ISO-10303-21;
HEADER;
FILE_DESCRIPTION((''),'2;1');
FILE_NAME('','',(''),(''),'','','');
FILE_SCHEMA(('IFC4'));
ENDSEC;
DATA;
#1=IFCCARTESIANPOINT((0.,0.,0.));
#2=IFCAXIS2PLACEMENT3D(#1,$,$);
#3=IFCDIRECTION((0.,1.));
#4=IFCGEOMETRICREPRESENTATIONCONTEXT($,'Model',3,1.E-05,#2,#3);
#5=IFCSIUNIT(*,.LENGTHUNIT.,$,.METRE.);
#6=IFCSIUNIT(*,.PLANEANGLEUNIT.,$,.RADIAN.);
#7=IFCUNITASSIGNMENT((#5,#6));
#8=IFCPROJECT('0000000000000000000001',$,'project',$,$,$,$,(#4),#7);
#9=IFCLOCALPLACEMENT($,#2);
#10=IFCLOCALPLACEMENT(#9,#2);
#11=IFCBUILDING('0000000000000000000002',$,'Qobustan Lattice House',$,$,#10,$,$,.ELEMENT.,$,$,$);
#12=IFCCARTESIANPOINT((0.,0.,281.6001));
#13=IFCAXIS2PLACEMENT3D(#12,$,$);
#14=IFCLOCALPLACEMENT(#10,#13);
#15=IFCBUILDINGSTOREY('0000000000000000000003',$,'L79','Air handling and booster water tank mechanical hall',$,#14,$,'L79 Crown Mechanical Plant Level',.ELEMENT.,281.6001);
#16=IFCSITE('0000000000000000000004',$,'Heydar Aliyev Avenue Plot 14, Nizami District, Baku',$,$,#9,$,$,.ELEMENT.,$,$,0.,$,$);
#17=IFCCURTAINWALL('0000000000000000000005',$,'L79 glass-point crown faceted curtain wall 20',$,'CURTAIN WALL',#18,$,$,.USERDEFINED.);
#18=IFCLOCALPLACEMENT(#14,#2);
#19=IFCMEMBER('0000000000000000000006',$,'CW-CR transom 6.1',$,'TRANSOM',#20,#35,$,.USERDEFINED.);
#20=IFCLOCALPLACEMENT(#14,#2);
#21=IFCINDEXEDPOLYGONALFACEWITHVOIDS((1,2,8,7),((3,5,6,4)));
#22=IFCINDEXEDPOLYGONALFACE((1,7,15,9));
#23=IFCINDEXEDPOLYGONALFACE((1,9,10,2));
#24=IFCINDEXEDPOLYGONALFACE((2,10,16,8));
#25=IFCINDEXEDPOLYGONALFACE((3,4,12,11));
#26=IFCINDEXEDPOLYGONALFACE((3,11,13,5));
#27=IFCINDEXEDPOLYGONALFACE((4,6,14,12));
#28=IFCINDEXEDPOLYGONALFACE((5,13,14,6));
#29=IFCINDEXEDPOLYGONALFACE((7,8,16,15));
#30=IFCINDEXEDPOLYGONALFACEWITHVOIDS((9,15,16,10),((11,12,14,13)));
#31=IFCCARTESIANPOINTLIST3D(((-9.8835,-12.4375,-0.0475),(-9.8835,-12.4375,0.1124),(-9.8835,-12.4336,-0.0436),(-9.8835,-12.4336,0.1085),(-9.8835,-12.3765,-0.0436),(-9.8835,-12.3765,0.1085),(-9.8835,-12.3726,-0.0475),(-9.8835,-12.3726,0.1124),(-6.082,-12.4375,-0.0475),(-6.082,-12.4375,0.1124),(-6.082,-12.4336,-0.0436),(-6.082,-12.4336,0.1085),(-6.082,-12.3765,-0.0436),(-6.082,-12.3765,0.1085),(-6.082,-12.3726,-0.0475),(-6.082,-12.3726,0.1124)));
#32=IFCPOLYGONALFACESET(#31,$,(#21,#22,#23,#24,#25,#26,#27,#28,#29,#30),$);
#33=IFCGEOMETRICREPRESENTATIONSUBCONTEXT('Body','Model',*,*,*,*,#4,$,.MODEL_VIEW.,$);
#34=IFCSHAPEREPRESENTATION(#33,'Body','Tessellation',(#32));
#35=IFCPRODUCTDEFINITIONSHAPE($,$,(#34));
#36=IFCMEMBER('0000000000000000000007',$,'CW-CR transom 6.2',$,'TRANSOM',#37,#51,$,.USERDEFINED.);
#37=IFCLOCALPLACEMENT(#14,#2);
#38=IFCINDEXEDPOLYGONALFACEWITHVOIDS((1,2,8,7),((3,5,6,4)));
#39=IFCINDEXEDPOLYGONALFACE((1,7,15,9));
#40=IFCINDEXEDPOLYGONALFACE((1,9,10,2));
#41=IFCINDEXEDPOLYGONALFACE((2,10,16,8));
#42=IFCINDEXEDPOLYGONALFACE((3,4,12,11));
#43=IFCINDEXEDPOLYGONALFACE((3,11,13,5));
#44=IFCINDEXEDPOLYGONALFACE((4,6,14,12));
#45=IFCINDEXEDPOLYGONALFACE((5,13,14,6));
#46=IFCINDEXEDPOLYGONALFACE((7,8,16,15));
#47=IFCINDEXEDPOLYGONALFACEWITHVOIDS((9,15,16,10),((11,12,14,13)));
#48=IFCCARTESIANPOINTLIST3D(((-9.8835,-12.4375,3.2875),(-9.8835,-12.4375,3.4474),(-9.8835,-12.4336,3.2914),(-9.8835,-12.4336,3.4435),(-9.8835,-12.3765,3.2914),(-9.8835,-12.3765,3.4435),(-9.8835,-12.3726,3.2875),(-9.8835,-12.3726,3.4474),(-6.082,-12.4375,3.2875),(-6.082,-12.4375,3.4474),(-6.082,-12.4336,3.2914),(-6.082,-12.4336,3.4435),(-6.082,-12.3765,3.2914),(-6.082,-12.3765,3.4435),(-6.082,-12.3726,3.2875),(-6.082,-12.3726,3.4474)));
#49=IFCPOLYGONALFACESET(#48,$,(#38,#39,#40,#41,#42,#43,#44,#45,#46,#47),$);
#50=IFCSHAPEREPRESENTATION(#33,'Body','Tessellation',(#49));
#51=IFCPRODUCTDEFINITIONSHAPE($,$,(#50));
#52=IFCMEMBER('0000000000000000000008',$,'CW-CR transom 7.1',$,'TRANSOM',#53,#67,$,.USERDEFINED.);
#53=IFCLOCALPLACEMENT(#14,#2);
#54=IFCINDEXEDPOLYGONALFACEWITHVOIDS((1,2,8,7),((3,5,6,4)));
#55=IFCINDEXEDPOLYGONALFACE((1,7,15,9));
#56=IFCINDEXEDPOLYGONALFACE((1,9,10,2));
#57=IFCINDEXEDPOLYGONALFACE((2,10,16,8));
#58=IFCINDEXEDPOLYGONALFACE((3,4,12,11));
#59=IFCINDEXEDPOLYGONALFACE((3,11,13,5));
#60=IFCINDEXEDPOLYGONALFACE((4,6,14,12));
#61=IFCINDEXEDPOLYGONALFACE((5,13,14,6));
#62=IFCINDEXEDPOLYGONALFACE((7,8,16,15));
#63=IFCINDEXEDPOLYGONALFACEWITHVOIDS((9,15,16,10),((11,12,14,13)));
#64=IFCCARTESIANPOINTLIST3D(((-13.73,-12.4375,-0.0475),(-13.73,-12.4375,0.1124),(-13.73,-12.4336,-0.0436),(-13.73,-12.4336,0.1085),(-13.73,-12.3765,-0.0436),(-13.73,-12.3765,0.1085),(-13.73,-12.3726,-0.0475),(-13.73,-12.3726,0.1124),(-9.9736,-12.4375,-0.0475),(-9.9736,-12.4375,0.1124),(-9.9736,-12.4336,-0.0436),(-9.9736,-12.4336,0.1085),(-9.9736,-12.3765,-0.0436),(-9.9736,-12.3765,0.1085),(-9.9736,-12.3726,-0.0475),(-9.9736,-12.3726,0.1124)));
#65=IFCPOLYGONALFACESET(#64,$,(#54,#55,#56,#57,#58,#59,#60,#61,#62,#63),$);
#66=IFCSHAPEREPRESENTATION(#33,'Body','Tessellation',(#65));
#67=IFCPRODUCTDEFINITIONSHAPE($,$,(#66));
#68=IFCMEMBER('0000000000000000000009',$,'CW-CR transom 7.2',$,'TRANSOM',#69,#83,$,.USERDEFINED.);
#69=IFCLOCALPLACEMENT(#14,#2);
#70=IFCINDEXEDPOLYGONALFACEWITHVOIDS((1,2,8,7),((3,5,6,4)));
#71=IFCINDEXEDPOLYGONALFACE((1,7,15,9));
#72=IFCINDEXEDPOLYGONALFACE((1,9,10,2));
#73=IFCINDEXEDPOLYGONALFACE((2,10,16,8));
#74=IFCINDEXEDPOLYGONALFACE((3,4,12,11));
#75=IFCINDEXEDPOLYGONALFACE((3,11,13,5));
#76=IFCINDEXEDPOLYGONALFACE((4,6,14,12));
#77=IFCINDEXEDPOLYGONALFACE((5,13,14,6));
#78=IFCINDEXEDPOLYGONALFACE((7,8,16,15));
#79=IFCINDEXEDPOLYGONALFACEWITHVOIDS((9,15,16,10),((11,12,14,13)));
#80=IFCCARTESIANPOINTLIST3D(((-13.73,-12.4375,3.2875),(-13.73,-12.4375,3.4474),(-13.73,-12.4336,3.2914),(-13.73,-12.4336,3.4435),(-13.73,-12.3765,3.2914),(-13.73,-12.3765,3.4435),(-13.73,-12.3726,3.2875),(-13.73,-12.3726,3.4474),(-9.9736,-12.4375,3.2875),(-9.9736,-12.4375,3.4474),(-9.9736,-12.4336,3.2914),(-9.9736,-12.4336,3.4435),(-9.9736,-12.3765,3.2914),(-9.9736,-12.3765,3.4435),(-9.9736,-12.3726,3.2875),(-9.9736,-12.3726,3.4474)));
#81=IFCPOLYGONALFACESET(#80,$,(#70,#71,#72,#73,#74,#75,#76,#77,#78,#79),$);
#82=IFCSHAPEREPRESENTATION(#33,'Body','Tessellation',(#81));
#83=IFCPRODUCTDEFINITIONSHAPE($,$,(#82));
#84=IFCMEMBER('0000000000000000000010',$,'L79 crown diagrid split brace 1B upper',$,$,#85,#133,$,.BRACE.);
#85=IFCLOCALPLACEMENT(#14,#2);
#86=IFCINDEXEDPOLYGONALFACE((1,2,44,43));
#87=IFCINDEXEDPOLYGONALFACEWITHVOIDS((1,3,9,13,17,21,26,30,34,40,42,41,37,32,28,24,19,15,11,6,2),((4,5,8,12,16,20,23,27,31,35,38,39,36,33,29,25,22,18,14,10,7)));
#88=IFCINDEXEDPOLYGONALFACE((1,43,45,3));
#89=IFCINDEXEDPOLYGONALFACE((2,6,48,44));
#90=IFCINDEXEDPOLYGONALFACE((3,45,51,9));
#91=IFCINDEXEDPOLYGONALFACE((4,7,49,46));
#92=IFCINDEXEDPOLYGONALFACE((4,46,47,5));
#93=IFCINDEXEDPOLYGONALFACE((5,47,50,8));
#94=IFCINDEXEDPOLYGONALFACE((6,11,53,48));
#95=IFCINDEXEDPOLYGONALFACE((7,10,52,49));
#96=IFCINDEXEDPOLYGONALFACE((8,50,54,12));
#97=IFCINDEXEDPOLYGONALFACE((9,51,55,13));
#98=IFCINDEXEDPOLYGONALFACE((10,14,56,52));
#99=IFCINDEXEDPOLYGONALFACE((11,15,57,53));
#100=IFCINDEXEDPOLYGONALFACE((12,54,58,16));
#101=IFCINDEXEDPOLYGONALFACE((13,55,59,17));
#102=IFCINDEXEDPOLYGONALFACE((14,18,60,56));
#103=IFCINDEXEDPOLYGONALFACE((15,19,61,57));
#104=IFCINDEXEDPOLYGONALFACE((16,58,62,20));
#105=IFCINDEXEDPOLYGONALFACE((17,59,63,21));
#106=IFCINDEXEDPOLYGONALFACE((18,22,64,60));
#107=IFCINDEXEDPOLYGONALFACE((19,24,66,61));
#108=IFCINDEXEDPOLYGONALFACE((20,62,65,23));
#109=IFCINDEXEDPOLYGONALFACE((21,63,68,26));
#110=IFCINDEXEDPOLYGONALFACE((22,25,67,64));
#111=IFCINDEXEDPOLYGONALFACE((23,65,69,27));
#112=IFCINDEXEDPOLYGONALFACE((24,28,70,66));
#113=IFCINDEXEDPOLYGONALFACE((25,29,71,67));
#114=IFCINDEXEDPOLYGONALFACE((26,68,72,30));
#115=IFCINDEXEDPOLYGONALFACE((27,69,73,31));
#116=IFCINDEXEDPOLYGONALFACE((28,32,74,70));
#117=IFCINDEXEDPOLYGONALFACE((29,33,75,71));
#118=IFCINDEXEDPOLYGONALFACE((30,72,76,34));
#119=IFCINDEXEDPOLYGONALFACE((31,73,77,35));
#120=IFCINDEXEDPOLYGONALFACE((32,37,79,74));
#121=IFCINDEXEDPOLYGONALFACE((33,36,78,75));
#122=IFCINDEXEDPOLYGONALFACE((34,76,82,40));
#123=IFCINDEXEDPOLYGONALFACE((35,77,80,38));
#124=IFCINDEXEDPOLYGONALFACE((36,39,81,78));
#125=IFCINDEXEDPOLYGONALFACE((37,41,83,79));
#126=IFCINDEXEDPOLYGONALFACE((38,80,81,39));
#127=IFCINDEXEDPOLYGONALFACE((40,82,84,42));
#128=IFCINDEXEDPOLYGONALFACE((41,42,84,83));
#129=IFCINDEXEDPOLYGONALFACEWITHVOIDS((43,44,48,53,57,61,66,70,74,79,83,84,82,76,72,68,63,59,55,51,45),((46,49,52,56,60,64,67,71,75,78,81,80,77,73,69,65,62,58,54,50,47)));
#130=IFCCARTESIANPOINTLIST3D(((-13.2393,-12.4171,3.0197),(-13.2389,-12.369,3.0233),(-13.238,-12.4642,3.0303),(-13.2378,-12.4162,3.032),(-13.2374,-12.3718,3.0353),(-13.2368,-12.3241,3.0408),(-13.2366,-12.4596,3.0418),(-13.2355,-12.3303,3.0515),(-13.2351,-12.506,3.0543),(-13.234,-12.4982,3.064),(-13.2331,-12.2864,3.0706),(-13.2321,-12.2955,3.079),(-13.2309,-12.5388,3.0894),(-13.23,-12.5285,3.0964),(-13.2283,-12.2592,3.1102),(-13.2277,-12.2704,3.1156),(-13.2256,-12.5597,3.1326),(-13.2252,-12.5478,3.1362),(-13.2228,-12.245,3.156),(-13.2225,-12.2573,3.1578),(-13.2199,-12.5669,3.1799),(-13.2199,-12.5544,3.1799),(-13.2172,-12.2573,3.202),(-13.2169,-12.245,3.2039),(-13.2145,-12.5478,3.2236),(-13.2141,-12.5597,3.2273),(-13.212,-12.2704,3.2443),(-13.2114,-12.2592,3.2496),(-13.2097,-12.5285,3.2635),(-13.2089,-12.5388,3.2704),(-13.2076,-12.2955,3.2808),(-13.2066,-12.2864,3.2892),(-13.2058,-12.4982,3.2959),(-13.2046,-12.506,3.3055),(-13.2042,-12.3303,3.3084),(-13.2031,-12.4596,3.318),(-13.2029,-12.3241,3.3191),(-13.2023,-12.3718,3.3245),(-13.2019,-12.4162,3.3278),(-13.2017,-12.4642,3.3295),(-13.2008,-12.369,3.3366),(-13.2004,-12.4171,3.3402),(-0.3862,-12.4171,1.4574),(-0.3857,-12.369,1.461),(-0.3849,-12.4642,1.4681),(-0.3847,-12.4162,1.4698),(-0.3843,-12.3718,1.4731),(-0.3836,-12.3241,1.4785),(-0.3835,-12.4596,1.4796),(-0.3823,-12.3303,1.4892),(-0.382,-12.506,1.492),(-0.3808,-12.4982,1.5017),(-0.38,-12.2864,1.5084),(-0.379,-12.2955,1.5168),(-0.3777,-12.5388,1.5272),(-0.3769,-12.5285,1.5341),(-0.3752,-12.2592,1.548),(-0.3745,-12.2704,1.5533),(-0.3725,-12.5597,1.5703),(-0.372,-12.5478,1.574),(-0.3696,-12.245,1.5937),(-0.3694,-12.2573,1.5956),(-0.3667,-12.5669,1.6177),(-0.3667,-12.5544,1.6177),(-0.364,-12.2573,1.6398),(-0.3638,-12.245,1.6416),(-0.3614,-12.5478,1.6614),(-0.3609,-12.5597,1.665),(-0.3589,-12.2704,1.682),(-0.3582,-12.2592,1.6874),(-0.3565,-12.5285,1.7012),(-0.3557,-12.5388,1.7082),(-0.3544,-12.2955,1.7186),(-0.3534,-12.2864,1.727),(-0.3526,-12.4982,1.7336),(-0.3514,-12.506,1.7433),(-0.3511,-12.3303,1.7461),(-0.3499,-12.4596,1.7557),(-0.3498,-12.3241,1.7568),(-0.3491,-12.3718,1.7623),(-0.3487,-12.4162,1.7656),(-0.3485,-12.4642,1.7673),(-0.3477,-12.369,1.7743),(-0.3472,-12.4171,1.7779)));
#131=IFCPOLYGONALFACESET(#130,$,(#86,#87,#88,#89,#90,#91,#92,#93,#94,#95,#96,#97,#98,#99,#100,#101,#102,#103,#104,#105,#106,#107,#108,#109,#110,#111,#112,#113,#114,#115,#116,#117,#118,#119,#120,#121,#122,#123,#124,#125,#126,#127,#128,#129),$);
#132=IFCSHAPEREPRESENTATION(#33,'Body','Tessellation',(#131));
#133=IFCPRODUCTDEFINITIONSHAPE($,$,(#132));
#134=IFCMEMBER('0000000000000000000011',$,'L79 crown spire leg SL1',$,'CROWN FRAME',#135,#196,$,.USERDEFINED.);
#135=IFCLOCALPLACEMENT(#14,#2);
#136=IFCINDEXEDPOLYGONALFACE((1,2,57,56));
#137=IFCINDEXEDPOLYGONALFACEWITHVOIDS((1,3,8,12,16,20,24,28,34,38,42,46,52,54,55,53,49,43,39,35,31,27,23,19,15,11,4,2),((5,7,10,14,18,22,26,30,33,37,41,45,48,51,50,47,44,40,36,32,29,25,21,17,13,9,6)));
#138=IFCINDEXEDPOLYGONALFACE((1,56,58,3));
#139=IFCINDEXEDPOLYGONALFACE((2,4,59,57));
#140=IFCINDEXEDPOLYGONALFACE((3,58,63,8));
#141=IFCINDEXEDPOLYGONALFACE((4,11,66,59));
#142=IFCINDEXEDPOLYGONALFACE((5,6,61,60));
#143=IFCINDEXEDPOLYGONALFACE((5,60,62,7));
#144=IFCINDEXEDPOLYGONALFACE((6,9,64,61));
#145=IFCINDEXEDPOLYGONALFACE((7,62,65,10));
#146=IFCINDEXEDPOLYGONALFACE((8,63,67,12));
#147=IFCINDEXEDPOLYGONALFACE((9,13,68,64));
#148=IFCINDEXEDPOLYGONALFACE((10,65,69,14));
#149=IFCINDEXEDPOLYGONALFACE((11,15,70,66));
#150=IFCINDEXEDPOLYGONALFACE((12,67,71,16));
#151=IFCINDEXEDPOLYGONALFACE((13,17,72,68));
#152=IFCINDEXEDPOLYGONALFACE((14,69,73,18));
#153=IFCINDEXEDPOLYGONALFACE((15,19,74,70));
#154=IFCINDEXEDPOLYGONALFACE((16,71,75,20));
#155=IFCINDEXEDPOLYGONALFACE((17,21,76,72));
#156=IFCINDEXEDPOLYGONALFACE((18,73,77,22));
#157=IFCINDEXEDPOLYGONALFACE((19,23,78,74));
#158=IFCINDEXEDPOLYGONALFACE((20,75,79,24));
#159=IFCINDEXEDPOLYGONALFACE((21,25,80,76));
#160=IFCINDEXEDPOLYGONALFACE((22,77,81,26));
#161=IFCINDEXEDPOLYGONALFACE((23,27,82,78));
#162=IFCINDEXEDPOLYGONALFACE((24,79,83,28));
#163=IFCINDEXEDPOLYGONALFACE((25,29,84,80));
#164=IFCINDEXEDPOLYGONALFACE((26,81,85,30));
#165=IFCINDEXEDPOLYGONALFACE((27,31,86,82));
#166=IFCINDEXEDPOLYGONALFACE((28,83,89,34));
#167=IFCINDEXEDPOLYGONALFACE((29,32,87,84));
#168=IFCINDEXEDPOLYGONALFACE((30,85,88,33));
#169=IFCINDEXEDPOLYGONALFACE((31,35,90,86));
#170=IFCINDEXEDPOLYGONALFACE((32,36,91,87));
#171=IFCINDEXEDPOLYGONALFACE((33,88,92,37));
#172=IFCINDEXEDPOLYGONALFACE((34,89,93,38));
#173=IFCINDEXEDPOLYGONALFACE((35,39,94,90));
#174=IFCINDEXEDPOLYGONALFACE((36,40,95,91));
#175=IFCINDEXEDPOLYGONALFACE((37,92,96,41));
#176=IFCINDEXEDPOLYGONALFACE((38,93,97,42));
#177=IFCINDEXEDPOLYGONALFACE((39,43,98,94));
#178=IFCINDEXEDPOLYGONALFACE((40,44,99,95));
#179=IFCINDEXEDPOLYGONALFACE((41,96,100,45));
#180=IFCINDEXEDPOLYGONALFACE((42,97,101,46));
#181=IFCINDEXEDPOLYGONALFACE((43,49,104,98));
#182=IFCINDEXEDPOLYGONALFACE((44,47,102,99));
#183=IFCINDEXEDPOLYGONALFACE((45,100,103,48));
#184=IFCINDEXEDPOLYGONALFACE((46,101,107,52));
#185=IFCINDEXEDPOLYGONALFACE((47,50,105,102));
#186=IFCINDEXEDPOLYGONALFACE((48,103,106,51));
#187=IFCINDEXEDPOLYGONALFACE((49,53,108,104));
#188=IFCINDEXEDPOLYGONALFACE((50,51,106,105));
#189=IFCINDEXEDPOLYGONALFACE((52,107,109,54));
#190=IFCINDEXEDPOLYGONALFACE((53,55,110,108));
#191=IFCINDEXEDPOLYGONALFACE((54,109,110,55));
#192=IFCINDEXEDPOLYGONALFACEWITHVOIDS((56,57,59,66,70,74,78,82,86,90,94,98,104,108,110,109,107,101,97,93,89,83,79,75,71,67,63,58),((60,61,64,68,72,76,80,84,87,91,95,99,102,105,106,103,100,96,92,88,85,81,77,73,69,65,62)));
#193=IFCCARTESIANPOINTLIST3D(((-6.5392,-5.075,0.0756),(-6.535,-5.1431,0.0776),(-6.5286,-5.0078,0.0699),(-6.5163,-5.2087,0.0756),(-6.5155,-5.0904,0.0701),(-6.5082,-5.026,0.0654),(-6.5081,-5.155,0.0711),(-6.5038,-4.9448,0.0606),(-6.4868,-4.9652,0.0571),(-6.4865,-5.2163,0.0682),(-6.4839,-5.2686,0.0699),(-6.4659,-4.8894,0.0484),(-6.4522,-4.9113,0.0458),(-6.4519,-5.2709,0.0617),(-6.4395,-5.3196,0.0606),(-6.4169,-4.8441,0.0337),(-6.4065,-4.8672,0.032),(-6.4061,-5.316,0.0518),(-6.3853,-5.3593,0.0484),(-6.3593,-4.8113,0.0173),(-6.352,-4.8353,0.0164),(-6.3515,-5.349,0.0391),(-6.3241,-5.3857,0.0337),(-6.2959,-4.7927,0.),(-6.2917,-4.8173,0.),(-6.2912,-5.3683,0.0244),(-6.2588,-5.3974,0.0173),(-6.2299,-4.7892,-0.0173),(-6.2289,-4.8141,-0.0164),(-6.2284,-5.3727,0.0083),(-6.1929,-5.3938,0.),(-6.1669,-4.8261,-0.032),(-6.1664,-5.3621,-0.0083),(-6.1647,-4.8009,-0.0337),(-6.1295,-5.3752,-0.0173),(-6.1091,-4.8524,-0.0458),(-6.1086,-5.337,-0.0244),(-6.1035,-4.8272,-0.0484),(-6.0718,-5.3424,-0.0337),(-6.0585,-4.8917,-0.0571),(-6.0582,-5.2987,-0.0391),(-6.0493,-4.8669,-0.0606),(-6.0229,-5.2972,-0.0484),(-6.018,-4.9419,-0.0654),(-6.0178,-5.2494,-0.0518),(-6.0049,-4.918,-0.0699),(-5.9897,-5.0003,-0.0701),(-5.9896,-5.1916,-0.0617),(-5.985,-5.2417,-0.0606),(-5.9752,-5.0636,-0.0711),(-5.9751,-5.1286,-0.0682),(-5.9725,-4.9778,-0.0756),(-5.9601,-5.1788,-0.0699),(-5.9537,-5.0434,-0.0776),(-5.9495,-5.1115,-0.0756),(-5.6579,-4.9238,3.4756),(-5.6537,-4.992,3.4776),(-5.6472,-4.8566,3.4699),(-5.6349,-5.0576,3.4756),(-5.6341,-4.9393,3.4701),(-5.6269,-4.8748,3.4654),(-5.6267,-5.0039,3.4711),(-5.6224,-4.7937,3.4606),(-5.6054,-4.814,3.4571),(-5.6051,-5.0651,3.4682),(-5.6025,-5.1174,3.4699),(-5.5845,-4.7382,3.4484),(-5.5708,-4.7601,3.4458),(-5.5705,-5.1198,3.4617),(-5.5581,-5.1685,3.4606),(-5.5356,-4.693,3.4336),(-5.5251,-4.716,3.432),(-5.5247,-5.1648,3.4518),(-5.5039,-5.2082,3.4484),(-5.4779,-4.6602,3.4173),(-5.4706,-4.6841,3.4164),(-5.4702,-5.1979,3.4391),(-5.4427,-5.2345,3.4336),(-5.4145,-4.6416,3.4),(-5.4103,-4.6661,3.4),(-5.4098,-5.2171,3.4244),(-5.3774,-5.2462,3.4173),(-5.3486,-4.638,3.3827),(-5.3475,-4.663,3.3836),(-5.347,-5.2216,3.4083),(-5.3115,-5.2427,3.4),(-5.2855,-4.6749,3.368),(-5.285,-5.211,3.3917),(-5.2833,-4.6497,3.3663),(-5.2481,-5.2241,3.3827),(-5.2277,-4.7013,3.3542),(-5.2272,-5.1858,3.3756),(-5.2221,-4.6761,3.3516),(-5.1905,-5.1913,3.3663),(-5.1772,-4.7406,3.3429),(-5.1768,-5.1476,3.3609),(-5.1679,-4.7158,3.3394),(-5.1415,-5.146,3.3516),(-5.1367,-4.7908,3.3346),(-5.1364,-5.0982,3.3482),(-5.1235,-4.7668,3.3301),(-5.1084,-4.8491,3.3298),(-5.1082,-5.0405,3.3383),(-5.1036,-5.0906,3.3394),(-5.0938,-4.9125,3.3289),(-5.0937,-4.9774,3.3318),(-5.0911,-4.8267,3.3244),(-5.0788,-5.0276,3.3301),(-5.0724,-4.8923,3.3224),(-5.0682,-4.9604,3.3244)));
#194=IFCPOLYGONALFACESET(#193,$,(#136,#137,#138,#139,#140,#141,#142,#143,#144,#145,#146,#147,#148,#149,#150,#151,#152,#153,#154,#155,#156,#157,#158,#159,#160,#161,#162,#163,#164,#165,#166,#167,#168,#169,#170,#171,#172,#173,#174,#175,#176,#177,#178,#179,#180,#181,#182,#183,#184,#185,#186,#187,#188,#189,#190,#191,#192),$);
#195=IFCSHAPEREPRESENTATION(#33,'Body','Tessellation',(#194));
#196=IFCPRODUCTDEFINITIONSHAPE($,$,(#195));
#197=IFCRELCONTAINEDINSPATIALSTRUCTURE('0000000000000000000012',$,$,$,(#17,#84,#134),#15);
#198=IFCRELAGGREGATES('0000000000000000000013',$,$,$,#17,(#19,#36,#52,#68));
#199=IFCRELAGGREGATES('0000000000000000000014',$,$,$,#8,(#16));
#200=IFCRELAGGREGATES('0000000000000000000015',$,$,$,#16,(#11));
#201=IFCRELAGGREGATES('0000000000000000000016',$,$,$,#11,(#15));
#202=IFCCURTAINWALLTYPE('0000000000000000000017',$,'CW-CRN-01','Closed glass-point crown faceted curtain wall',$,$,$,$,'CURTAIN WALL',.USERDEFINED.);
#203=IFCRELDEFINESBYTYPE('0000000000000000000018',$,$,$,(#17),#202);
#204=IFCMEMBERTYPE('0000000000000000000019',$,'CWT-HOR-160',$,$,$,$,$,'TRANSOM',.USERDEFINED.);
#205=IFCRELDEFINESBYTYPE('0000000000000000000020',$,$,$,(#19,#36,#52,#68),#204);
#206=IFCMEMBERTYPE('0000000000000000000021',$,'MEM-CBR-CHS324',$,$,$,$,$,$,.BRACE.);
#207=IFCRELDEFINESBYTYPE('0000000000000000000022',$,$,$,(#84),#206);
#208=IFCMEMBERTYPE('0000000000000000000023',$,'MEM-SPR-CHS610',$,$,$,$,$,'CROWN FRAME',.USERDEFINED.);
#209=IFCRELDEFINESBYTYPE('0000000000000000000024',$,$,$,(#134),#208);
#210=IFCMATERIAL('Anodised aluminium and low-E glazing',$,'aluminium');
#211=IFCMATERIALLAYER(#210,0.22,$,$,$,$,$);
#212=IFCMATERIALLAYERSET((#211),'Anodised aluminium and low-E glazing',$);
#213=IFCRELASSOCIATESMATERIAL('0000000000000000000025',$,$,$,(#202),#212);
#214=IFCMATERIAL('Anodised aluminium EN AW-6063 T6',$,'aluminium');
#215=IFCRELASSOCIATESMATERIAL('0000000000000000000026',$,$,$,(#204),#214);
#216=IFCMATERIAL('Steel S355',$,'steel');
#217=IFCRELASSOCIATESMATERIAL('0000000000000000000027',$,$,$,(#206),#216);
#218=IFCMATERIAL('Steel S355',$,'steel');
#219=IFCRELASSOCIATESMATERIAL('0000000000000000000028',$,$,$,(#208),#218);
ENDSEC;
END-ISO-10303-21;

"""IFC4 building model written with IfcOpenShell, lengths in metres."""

from ifc_helpers import new_model, si_unit, direction, frame, origin, origin_2d, place, context, subcontext, project, spatial, hollow_rectangle, hollow_circle, extrude, material, layer, layer_set, material_profile, profile_set, type_object, element, aggregate, save


model = new_model("IFC4")

# Units and contexts
model_context = context("Model", 3, precision=1e-05, world=origin(), true_north=direction((0.0, 1.0)))
body_context = subcontext(model_context, "Body", "Model", "MODEL_VIEW")
ifc_project = project(units=[si_unit("LENGTHUNIT", "METRE"), si_unit("PLANEANGLEUNIT", "RADIAN")], contexts=[model_context])

# Site, building, storey
site_placement = place(None, origin())
site = spatial("IfcSite", under=ifc_project, at=site_placement, Name="Heydar Aliyev Avenue Plot 14, Nizami District, Baku", CompositionType="ELEMENT", RefElevation=0.0)
building_placement = place(site_placement, origin())
building = spatial("IfcBuilding", under=site, at=building_placement, Name="Qobustan Lattice House", CompositionType="ELEMENT")
storey_placement = place(building_placement, frame((0.0, 0.0, 281.6001)))
storey = spatial("IfcBuildingStorey", under=building, at=storey_placement, Name="L79", Description="Air handling and booster water tank mechanical hall", LongName="L79 Crown Mechanical Plant Level", CompositionType="ELEMENT", Elevation=281.6001)

# Curtain wall, members
ifc_material_1 = material(Name="Anodised aluminium and low-E glazing", Category="aluminium")
ifc_layer_1 = layer(ifc_material_1, 0.22)
ifc_layer_set_1 = layer_set([ifc_layer_1], Name="Anodised aluminium and low-E glazing")
curtain_wall_type = type_object("IfcCurtainWallType", Name="CW-CRN-01", Description="Closed glass-point crown faceted curtain wall", ElementType="CURTAIN WALL", PredefinedType="USERDEFINED", material=ifc_layer_set_1)
curtain_wall_placement = place(storey_placement, origin())
curtain_wall = element("IfcCurtainWall", 1, at=curtain_wall_placement, inside=storey, type_object=curtain_wall_type, Name="L79 glass-point crown faceted curtain wall 20", ObjectType="CURTAIN WALL", PredefinedType="USERDEFINED")
ifc_material_2 = material(Name="Anodised aluminium EN AW-6063 T6", Category="aluminium")
ifc_material_profile_1 = material_profile(ifc_material_2, hollow_rectangle(XDim=0.0649, YDim=0.1599, WallThickness=0.0039, at=origin_2d()), Name="CWT-160x65")
ifc_profile_set_1 = profile_set([ifc_material_profile_1], Name="Anodised aluminium EN AW-6063 T6")
member_type_1 = type_object("IfcMemberType", Name="CWT-HOR-160", ElementType="TRANSOM", PredefinedType="USERDEFINED", material=ifc_profile_set_1)
member_1_placement = place(storey_placement, frame((-6.082, -12.405, 0.0325), z_axis=(-1.0, 0.0, 0.0), x_axis=(0.0, -1.0, 0.0)))
member_1 = element("IfcMember", 2, at=member_1_placement, type_object=member_type_1, Name="CW-CR transom 6.1", ObjectType="TRANSOM", PredefinedType="USERDEFINED", context=body_context, shape_type="SweptSolid", body=[
    extrude(hollow_rectangle(XDim=0.0649, YDim=0.1599, WallThickness=0.0039, at=origin_2d()), origin(), (0.0, 0.0, 1.0), 3.8015),
])
member_2_placement = place(storey_placement, frame((-6.082, -12.405, 3.3674), z_axis=(-1.0, 0.0, 0.0), x_axis=(0.0, -1.0, 0.0)))
member_2 = element("IfcMember", 3, at=member_2_placement, type_object=member_type_1, Name="CW-CR transom 6.2", ObjectType="TRANSOM", PredefinedType="USERDEFINED", context=body_context, shape_type="SweptSolid", body=[
    extrude(hollow_rectangle(XDim=0.0649, YDim=0.1599, WallThickness=0.0039, at=origin_2d()), origin(), (0.0, 0.0, 1.0), 3.8015),
])
member_3_placement = place(storey_placement, frame((-9.9736, -12.405, 0.0325), z_axis=(-1.0, 0.0, 0.0), x_axis=(0.0, -1.0, 0.0)))
member_3 = element("IfcMember", 4, at=member_3_placement, type_object=member_type_1, Name="CW-CR transom 7.1", ObjectType="TRANSOM", PredefinedType="USERDEFINED", context=body_context, shape_type="SweptSolid", body=[
    extrude(hollow_rectangle(XDim=0.0649, YDim=0.1599, WallThickness=0.0039, at=origin_2d()), origin(), (0.0, 0.0, 1.0), 3.7563),
])
member_4_placement = place(storey_placement, frame((-9.9736, -12.405, 3.3674), z_axis=(-1.0, 0.0, 0.0), x_axis=(0.0, -1.0, 0.0)))
member_4 = element("IfcMember", 5, at=member_4_placement, type_object=member_type_1, Name="CW-CR transom 7.2", ObjectType="TRANSOM", PredefinedType="USERDEFINED", context=body_context, shape_type="SweptSolid", body=[
    extrude(hollow_rectangle(XDim=0.0649, YDim=0.1599, WallThickness=0.0039, at=origin_2d()), origin(), (0.0, 0.0, 1.0), 3.7563),
])

# Members
ifc_material_3 = material(Name="Steel S355", Category="steel")
ifc_material_profile_2 = material_profile(ifc_material_3, hollow_circle(Radius=0.1619, WallThickness=0.0125, at=origin_2d()), Name="CHS323.9x12.5")
ifc_profile_set_2 = profile_set([ifc_material_profile_2], Name="Steel S355")
member_type_2 = type_object("IfcMemberType", Name="MEM-CBR-CHS324", PredefinedType="BRACE", material=ifc_profile_set_2)
member_5_placement = place(storey_placement, frame((-0.3667, -12.405, 1.6177), z_axis=(-0.992694, 0.0, 0.120657), x_axis=(0.0, -1.0, 0.0)))
element("IfcMember", 6, at=member_5_placement, inside=storey, type_object=member_type_2, Name="L79 crown diagrid split brace 1B upper", PredefinedType="BRACE", context=body_context, shape_type="SweptSolid", body=[
    extrude(hollow_circle(Radius=0.1619, WallThickness=0.0125, at=origin_2d()), origin(), (0.0, 0.0, 1.0), 12.9478),
])
ifc_material_4 = material(Name="Steel S355", Category="steel")
ifc_material_profile_3 = material_profile(ifc_material_4, hollow_circle(Radius=0.3049, WallThickness=0.0249, at=origin_2d()), Name="CHS610x25")
ifc_profile_set_3 = profile_set([ifc_material_profile_3], Name="Steel S355")
member_type_3 = type_object("IfcMemberType", Name="MEM-SPR-CHS610", ElementType="CROWN FRAME", PredefinedType="USERDEFINED", material=ifc_profile_set_3)
member_6_placement = place(storey_placement, frame((-6.2444, -5.0933, 0.0), z_axis=(0.250701, 0.042987, 0.96711), x_axis=(-0.169002, 0.985616, 0.0)))
element("IfcMember", 7, at=member_6_placement, inside=storey, type_object=member_type_3, Name="L79 crown spire leg SL1", ObjectType="CROWN FRAME", PredefinedType="USERDEFINED", context=body_context, shape_type="SweptSolid", body=[
    extrude(hollow_circle(Radius=0.3049, WallThickness=0.0249, at=origin_2d()), origin(), (0.0, 0.0, 1.0), 3.5156),
])

aggregate(curtain_wall, [member_1, member_2, member_3, member_4])

save(model, "model.ifc")
